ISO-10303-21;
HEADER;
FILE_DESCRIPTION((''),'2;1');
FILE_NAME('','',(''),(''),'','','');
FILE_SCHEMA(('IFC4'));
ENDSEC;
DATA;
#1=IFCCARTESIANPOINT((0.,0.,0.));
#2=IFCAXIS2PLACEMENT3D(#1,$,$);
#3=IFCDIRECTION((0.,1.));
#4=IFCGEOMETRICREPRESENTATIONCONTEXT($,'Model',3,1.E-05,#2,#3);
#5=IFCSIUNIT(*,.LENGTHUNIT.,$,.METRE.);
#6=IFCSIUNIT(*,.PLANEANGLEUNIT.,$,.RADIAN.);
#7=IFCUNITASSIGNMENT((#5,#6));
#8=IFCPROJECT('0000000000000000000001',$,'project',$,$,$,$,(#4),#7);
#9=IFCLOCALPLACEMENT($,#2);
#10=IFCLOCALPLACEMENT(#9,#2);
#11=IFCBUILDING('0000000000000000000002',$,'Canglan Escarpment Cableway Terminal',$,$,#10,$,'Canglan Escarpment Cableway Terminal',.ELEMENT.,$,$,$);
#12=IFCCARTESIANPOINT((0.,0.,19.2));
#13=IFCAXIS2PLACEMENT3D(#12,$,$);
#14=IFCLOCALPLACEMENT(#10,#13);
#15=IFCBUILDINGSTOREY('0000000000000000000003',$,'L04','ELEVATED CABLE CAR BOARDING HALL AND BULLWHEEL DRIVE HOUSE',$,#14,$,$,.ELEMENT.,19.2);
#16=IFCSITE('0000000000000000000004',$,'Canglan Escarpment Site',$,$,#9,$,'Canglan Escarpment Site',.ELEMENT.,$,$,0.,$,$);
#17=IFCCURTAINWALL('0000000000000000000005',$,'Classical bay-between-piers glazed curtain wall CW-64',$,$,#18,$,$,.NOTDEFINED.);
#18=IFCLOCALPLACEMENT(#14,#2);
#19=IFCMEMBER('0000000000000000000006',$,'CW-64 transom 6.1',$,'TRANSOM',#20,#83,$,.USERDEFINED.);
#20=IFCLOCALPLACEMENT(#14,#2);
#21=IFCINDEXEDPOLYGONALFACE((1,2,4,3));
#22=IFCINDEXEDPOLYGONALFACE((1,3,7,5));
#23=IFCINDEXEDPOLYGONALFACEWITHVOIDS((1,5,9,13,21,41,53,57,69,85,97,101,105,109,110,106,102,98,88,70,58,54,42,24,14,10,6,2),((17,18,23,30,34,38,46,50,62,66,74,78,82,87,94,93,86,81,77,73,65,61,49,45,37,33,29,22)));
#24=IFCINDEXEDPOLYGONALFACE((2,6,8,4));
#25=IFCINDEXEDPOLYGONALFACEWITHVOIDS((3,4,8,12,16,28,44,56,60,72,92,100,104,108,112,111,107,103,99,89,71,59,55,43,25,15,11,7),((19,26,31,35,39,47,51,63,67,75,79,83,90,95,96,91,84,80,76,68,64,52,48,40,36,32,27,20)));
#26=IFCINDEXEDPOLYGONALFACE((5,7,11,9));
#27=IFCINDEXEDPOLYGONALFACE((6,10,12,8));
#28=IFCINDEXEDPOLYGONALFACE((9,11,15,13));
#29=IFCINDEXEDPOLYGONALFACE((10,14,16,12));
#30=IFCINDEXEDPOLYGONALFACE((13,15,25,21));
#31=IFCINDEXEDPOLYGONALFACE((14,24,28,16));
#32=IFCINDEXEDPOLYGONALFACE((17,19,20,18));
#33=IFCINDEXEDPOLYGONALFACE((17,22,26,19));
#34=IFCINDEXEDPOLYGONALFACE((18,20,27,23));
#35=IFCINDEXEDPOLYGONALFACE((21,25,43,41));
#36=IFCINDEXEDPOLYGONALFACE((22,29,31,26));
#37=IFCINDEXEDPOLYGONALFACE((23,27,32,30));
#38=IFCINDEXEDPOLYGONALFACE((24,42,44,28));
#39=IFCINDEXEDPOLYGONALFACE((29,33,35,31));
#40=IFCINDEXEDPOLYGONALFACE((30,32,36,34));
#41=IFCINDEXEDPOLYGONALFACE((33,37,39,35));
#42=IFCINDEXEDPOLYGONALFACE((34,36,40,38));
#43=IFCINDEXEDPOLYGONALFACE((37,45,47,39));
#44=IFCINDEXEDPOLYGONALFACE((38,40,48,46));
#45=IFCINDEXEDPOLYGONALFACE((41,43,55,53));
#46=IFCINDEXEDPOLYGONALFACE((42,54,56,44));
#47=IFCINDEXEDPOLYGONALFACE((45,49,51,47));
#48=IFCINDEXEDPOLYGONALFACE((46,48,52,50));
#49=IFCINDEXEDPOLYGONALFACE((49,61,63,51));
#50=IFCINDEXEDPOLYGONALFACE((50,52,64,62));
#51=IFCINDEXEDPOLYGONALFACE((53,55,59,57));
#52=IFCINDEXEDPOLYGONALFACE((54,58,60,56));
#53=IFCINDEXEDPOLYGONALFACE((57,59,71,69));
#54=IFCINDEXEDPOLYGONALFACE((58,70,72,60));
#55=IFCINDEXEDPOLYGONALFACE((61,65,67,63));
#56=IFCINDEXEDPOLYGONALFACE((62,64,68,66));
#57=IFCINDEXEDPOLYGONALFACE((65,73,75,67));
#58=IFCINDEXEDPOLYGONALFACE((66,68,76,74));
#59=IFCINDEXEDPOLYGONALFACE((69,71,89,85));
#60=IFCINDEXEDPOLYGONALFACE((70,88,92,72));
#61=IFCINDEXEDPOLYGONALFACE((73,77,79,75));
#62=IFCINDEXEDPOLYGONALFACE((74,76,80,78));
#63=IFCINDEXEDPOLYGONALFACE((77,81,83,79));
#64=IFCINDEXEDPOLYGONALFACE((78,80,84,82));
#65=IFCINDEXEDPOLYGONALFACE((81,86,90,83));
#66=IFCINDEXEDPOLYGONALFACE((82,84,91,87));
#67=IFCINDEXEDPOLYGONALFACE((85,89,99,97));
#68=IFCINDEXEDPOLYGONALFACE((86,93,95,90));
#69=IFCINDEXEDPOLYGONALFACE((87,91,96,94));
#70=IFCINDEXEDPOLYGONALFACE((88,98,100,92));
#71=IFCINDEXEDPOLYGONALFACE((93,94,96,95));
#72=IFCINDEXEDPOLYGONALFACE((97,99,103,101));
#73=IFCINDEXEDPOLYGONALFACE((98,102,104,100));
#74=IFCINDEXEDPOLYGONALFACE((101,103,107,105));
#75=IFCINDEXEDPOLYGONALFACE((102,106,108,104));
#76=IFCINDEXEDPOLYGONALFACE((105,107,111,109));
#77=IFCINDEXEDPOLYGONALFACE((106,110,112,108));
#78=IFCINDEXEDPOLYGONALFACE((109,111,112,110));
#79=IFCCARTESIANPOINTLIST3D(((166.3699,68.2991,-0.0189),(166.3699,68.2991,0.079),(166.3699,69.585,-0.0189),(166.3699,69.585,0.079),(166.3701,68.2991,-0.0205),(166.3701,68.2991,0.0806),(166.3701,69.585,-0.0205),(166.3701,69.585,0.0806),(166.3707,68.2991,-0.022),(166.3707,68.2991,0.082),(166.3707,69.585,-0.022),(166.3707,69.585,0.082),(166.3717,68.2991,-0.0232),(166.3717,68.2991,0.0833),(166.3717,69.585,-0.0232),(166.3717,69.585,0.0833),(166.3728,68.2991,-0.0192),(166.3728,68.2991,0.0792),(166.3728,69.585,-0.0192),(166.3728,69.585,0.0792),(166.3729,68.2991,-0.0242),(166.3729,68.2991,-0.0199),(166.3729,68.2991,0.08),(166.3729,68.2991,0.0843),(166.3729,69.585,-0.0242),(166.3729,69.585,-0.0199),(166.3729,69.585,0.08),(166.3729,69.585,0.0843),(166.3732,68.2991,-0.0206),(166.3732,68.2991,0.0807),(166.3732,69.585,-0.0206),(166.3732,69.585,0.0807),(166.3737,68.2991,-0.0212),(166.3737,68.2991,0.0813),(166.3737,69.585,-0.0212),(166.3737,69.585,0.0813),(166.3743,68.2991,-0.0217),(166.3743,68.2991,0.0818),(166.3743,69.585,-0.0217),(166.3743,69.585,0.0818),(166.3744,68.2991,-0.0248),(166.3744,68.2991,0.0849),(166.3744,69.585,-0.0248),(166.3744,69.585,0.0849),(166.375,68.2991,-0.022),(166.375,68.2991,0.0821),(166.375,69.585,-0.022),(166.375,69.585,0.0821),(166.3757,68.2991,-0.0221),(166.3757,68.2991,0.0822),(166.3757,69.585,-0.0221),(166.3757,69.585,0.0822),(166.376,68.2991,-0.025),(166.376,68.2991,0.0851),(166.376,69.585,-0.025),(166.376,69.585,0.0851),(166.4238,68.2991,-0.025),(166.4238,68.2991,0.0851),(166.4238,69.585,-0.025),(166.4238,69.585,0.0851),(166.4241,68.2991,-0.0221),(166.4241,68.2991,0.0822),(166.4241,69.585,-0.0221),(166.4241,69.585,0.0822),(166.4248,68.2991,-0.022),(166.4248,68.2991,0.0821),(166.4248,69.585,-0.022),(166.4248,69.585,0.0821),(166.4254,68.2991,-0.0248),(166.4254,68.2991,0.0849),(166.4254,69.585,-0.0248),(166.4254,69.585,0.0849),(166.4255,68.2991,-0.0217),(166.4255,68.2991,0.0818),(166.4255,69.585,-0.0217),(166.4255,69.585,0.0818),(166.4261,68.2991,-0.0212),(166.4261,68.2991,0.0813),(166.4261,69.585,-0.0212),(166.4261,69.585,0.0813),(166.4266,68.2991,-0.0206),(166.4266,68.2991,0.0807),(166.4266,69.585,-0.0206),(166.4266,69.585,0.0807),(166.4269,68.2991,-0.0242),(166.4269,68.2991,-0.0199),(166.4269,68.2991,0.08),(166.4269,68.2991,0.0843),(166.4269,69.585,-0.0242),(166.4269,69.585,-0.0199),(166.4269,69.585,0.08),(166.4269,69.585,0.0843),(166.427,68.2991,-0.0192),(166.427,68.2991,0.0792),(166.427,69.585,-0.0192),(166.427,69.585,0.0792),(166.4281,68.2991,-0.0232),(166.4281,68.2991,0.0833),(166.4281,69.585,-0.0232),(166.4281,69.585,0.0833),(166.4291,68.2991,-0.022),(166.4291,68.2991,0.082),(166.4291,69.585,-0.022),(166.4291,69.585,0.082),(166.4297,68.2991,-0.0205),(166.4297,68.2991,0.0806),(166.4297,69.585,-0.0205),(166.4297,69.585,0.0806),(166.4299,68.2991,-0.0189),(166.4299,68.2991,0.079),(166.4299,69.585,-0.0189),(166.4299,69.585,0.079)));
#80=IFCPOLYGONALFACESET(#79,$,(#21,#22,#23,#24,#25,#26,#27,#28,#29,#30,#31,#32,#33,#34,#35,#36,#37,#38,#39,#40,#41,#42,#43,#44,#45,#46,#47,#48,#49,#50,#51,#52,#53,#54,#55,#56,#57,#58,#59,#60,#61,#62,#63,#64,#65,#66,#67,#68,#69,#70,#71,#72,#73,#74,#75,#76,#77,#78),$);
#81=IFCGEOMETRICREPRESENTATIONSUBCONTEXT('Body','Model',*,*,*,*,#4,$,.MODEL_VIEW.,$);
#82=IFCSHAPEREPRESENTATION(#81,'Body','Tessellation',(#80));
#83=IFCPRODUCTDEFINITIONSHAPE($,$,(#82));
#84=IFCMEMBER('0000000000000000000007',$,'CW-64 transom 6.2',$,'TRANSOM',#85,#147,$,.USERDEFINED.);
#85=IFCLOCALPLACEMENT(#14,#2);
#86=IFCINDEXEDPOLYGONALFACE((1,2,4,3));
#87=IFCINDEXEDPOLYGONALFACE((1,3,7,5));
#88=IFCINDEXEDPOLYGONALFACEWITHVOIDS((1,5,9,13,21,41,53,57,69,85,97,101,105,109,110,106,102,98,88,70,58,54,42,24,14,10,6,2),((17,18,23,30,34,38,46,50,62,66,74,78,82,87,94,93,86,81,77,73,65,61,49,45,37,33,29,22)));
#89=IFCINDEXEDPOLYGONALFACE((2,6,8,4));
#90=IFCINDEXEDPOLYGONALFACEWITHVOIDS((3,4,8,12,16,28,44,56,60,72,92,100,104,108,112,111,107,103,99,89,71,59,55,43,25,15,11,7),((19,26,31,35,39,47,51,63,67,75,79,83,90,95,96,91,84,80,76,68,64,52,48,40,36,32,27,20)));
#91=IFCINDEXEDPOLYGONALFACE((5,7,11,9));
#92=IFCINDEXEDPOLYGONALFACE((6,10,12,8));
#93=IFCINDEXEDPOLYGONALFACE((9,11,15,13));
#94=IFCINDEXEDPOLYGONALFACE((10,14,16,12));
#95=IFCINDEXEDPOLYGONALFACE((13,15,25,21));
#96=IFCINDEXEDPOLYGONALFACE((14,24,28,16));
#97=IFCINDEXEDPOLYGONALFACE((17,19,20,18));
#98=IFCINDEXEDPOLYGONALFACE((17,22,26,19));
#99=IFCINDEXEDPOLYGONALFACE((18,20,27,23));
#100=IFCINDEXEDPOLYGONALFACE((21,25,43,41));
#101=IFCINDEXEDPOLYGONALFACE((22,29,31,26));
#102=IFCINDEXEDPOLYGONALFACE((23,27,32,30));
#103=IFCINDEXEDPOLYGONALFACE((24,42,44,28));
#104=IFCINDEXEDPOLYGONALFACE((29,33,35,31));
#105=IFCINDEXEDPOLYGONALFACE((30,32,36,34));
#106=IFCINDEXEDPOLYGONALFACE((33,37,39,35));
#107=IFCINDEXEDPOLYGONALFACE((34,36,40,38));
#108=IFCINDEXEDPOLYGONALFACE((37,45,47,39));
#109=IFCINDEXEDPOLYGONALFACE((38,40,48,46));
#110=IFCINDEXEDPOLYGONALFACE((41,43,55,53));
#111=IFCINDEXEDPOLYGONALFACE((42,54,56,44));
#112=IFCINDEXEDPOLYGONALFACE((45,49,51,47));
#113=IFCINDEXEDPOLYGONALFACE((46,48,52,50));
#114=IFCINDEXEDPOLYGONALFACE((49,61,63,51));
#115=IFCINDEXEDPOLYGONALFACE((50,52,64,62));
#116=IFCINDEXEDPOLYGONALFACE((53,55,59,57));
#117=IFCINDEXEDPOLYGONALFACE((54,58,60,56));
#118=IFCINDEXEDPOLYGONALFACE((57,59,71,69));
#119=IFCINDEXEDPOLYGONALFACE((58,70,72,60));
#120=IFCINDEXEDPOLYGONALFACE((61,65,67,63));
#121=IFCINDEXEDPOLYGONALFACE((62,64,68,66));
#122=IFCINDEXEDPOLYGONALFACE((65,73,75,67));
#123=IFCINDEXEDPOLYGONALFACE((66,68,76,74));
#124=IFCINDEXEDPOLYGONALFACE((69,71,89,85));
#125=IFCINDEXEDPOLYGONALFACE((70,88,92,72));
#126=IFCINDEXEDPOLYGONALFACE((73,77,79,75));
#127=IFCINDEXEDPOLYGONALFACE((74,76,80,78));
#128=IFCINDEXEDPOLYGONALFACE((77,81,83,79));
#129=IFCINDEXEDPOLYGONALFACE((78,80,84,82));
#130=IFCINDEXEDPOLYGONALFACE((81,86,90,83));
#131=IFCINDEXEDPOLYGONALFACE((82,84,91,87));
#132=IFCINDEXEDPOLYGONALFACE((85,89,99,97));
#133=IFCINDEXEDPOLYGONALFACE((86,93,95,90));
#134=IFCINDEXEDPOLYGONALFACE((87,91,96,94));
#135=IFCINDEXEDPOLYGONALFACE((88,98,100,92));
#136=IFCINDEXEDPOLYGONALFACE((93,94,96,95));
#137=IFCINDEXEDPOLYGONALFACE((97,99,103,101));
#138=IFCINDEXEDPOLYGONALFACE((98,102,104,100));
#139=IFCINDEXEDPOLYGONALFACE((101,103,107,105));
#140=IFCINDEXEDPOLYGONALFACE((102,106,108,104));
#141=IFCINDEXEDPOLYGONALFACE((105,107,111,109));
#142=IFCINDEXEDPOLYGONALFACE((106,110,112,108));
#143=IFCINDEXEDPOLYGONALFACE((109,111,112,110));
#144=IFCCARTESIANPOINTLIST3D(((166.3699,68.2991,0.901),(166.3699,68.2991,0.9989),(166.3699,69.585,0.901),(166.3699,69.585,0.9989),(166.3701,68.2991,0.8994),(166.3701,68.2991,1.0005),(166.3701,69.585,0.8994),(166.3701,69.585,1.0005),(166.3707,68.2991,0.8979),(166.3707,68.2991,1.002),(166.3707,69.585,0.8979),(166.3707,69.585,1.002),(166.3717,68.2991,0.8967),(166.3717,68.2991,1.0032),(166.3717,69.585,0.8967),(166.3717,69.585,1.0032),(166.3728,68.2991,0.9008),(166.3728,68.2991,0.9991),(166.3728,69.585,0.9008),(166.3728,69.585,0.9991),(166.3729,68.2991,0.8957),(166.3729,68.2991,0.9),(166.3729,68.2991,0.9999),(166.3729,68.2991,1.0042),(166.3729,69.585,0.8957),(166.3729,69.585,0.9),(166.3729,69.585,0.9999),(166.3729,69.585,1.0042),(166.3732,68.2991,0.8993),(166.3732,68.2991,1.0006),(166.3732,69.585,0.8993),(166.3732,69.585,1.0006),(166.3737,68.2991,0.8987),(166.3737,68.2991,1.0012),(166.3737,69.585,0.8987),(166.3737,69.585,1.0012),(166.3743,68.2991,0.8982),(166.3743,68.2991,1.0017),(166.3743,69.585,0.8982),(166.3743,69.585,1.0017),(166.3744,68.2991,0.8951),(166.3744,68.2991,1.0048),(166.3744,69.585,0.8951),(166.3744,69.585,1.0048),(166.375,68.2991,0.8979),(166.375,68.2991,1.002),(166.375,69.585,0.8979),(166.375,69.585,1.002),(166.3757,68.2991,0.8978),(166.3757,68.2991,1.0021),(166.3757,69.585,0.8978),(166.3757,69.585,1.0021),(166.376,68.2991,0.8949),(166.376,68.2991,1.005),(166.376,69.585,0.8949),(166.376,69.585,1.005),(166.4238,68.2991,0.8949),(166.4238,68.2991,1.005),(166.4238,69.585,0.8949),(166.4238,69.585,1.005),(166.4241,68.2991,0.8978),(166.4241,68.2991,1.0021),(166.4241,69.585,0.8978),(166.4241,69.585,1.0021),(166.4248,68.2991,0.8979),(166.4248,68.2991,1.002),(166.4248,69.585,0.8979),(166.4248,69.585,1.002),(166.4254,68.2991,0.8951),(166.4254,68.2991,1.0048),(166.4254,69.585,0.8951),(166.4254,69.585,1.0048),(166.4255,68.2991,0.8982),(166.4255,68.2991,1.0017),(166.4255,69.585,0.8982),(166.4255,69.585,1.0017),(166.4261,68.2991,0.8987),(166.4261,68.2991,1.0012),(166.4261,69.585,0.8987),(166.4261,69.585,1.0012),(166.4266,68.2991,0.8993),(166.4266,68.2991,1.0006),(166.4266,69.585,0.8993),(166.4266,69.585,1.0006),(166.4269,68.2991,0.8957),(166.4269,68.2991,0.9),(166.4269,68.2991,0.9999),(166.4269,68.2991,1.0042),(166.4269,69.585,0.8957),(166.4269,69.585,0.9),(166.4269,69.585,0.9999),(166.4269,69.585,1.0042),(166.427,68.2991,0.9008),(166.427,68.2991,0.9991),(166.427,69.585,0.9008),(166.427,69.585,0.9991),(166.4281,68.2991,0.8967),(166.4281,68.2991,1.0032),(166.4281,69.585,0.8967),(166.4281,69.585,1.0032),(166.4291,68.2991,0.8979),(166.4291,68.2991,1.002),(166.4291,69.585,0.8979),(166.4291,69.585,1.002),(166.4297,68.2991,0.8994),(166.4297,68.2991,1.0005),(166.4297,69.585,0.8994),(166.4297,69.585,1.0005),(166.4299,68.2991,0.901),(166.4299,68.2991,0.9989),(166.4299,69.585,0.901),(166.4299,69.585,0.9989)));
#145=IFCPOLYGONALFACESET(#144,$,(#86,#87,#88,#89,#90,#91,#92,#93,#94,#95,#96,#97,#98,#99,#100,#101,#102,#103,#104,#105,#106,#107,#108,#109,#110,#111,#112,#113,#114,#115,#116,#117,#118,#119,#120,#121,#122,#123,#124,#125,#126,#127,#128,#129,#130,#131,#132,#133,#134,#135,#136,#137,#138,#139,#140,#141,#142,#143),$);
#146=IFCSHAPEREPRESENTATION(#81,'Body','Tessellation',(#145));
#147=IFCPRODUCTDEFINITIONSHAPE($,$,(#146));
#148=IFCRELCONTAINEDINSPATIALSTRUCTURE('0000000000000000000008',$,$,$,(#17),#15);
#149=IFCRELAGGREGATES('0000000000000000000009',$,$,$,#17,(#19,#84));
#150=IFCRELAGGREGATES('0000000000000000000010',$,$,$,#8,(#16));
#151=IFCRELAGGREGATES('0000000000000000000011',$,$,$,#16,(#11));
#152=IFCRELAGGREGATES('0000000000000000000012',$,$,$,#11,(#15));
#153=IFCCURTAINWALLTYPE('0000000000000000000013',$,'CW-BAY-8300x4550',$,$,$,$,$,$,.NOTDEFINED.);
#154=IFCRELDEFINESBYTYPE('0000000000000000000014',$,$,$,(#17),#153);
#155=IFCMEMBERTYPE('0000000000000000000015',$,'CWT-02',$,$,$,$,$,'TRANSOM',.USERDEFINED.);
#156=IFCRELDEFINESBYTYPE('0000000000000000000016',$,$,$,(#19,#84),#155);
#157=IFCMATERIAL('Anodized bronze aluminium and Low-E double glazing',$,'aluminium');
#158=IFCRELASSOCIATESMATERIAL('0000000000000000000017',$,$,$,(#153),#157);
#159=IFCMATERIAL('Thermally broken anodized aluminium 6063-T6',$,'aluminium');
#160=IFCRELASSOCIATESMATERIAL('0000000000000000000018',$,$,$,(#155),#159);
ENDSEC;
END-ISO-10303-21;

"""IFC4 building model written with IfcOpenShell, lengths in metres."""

from ifc_helpers import new_model, si_unit, direction, frame, origin, origin_2d, place, context, subcontext, project, spatial, hollow_rectangle, extrude, material, material_profile, profile_set, type_object, element, aggregate, save


model = new_model("IFC4")

# Units and contexts
model_context = context("Model", 3, precision=1e-05, world=origin(), true_north=direction((0.0, 1.0)))
body_context = subcontext(model_context, "Body", "Model", "MODEL_VIEW")
ifc_project = project(units=[si_unit("LENGTHUNIT", "METRE"), si_unit("PLANEANGLEUNIT", "RADIAN")], contexts=[model_context])

# Site, building, storey
site_placement = place(None, origin())
site = spatial("IfcSite", under=ifc_project, at=site_placement, Name="Canglan Escarpment Site", LongName="Canglan Escarpment Site", CompositionType="ELEMENT", RefElevation=0.0)
building_placement = place(site_placement, origin())
building = spatial("IfcBuilding", under=site, at=building_placement, Name="Canglan Escarpment Cableway Terminal", LongName="Canglan Escarpment Cableway Terminal", CompositionType="ELEMENT")
storey_placement = place(building_placement, frame((0.0, 0.0, 19.2)))
storey = spatial("IfcBuildingStorey", under=building, at=storey_placement, Name="L04", Description="ELEVATED CABLE CAR BOARDING HALL AND BULLWHEEL DRIVE HOUSE", CompositionType="ELEMENT", Elevation=19.2)

# Curtain wall
ifc_material_1 = material(Name="Anodized bronze aluminium and Low-E double glazing", Category="aluminium")
curtain_wall_type = type_object("IfcCurtainWallType", Name="CW-BAY-8300x4550", PredefinedType="NOTDEFINED", material=ifc_material_1)
curtain_wall_1_placement = place(storey_placement, origin())
curtain_wall_1 = element("IfcCurtainWall", 1, at=curtain_wall_1_placement, inside=storey, type_object=curtain_wall_type, Name="Classical bay-between-piers glazed curtain wall CW-64", PredefinedType="NOTDEFINED")
ifc_material_2 = material(Name="Thermally broken anodized aluminium 6063-T6", Category="aluminium")

# Members
ifc_material_profile_1 = material_profile(ifc_material_2, hollow_rectangle(XDim=0.0601, YDim=0.1101, WallThickness=0.0029, InnerFilletRadius=0.0029, OuterFilletRadius=0.0061, at=origin_2d()), Name="ALU-TRAN 60x110x3")
ifc_profile_set_1 = profile_set([ifc_material_profile_1], Name="Thermally broken anodized aluminium 6063-T6")
member_type_1 = type_object("IfcMemberType", Name="CWT-02", ElementType="TRANSOM", PredefinedType="USERDEFINED", material=ifc_profile_set_1)
member_1_placement = place(storey_placement, frame((166.3999, 68.2991, 0.03), z_axis=(0.0, 1.0, 0.0), x_axis=(-1.0, 0.0, 0.0)))
member_1 = element("IfcMember", 2, at=member_1_placement, type_object=member_type_1, Name="CW-64 transom 6.1", ObjectType="TRANSOM", PredefinedType="USERDEFINED", context=body_context, shape_type="SweptSolid", body=[
    extrude(hollow_rectangle(XDim=0.0601, YDim=0.1101, WallThickness=0.0029, InnerFilletRadius=0.0029, OuterFilletRadius=0.0061, at=origin_2d()), origin(), (0.0, 0.0, 1.0), 1.2859),
])
member_2_placement = place(storey_placement, frame((166.3999, 68.2991, 0.95), z_axis=(0.0, 1.0, 0.0), x_axis=(-1.0, 0.0, 0.0)))
member_2 = element("IfcMember", 3, at=member_2_placement, type_object=member_type_1, Name="CW-64 transom 6.2", ObjectType="TRANSOM", PredefinedType="USERDEFINED", context=body_context, shape_type="SweptSolid", body=[
    extrude(hollow_rectangle(XDim=0.0601, YDim=0.1101, WallThickness=0.0029, InnerFilletRadius=0.0029, OuterFilletRadius=0.0061, at=origin_2d()), origin(), (0.0, 0.0, 1.0), 1.2859),
])

aggregate(curtain_wall_1, [member_1, member_2])

save(model, "model.ifc")
